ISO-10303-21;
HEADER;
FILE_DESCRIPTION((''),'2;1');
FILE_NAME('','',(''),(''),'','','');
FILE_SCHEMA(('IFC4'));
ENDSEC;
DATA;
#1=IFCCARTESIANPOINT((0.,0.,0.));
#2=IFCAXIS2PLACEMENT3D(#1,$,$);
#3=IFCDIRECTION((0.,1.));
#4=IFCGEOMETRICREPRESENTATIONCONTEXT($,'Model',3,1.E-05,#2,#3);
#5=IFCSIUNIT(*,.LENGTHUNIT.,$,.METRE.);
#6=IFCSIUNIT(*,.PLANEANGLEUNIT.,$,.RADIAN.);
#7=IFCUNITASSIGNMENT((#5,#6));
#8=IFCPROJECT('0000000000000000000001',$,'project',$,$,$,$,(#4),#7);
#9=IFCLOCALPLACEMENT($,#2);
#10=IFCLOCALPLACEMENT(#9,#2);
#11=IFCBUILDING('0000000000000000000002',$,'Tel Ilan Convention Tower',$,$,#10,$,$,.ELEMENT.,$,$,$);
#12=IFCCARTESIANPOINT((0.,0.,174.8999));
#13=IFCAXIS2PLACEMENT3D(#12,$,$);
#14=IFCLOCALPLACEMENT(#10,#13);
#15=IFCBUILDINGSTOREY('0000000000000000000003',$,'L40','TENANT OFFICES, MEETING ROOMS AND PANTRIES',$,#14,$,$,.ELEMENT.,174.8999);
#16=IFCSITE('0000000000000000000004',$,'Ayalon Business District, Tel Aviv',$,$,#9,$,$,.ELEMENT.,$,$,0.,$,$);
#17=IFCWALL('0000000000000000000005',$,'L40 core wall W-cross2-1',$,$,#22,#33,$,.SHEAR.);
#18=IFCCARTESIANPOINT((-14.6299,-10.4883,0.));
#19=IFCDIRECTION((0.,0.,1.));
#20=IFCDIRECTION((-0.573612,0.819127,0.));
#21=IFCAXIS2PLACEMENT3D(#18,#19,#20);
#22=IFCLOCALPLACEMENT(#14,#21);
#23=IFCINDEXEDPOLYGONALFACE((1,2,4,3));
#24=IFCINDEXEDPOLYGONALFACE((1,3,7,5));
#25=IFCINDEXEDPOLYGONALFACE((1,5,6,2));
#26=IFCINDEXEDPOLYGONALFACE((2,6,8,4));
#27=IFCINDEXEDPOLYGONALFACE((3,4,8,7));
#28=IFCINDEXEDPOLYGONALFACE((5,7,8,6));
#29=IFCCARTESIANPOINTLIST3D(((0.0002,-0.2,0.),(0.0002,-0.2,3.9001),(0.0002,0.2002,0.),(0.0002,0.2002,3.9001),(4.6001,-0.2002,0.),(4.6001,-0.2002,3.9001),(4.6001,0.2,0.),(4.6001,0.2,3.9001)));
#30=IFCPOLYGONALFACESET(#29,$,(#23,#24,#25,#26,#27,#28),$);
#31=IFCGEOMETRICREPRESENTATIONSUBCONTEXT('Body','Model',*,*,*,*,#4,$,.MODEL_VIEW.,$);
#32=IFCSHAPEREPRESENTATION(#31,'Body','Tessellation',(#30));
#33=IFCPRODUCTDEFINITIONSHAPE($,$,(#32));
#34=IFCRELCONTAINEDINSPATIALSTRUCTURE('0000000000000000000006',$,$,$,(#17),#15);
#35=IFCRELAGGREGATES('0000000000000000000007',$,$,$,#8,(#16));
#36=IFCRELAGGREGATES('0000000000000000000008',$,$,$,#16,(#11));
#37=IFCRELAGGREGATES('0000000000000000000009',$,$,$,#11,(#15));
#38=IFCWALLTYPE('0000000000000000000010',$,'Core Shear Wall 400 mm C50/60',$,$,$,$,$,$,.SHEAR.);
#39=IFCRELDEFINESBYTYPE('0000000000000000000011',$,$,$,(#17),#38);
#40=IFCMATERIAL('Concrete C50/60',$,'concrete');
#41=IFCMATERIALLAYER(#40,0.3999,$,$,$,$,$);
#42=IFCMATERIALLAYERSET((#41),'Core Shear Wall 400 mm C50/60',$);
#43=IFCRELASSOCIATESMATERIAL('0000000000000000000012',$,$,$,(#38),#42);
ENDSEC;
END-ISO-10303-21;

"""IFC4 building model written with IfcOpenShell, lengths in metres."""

from ifc_helpers import new_model, si_unit, direction, frame, origin, place, context, subcontext, project, spatial, polyline, outline, extrude, material, layer, layer_set, type_object, element, save


model = new_model("IFC4")

# Units and contexts
model_context = context("Model", 3, precision=1e-05, world=origin(), true_north=direction((0.0, 1.0)))
body_context = subcontext(model_context, "Body", "Model", "MODEL_VIEW")
ifc_project = project(units=[si_unit("LENGTHUNIT", "METRE"), si_unit("PLANEANGLEUNIT", "RADIAN")], contexts=[model_context])

# Site, building, storey
site_placement = place(None, origin())
site = spatial("IfcSite", under=ifc_project, at=site_placement, Name="Ayalon Business District, Tel Aviv", CompositionType="ELEMENT", RefElevation=0.0)
building_placement = place(site_placement, origin())
building = spatial("IfcBuilding", under=site, at=building_placement, Name="Tel Ilan Convention Tower", CompositionType="ELEMENT")
storey_placement = place(building_placement, frame((0.0, 0.0, 174.8999)))
storey = spatial("IfcBuildingStorey", under=building, at=storey_placement, Name="L40", Description="TENANT OFFICES, MEETING ROOMS AND PANTRIES", CompositionType="ELEMENT", Elevation=174.8999)

# Wall
ifc_material_1 = material(Name="Concrete C50/60", Category="concrete")
ifc_layer_1 = layer(ifc_material_1, 0.3999)
ifc_layer_set_1 = layer_set([ifc_layer_1], Name="Core Shear Wall 400 mm C50/60")
wall_type_1 = type_object("IfcWallType", Name="Core Shear Wall 400 mm C50/60", PredefinedType="SHEAR", material=ifc_layer_set_1)
wall_1_placement = place(storey_placement, frame((-14.6299, -10.4883, 0.0), z_axis=(0.0, 0.0, 1.0), x_axis=(-0.573612, 0.819127, 0.0)))
element("IfcWall", 1, at=wall_1_placement, inside=storey, type_object=wall_type_1, Name="L40 core wall W-cross2-1", PredefinedType="SHEAR", context=body_context, shape_type="SweptSolid", body=[
    extrude(outline(polyline([(4.6001, 0.2), (0.0002, 0.2002), (0.0002, -0.2), (4.6001, -0.2002), (4.6001, 0.2)])), origin(), (0.0, 0.0, 1.0), 3.9001),
])

save(model, "model.ifc")
